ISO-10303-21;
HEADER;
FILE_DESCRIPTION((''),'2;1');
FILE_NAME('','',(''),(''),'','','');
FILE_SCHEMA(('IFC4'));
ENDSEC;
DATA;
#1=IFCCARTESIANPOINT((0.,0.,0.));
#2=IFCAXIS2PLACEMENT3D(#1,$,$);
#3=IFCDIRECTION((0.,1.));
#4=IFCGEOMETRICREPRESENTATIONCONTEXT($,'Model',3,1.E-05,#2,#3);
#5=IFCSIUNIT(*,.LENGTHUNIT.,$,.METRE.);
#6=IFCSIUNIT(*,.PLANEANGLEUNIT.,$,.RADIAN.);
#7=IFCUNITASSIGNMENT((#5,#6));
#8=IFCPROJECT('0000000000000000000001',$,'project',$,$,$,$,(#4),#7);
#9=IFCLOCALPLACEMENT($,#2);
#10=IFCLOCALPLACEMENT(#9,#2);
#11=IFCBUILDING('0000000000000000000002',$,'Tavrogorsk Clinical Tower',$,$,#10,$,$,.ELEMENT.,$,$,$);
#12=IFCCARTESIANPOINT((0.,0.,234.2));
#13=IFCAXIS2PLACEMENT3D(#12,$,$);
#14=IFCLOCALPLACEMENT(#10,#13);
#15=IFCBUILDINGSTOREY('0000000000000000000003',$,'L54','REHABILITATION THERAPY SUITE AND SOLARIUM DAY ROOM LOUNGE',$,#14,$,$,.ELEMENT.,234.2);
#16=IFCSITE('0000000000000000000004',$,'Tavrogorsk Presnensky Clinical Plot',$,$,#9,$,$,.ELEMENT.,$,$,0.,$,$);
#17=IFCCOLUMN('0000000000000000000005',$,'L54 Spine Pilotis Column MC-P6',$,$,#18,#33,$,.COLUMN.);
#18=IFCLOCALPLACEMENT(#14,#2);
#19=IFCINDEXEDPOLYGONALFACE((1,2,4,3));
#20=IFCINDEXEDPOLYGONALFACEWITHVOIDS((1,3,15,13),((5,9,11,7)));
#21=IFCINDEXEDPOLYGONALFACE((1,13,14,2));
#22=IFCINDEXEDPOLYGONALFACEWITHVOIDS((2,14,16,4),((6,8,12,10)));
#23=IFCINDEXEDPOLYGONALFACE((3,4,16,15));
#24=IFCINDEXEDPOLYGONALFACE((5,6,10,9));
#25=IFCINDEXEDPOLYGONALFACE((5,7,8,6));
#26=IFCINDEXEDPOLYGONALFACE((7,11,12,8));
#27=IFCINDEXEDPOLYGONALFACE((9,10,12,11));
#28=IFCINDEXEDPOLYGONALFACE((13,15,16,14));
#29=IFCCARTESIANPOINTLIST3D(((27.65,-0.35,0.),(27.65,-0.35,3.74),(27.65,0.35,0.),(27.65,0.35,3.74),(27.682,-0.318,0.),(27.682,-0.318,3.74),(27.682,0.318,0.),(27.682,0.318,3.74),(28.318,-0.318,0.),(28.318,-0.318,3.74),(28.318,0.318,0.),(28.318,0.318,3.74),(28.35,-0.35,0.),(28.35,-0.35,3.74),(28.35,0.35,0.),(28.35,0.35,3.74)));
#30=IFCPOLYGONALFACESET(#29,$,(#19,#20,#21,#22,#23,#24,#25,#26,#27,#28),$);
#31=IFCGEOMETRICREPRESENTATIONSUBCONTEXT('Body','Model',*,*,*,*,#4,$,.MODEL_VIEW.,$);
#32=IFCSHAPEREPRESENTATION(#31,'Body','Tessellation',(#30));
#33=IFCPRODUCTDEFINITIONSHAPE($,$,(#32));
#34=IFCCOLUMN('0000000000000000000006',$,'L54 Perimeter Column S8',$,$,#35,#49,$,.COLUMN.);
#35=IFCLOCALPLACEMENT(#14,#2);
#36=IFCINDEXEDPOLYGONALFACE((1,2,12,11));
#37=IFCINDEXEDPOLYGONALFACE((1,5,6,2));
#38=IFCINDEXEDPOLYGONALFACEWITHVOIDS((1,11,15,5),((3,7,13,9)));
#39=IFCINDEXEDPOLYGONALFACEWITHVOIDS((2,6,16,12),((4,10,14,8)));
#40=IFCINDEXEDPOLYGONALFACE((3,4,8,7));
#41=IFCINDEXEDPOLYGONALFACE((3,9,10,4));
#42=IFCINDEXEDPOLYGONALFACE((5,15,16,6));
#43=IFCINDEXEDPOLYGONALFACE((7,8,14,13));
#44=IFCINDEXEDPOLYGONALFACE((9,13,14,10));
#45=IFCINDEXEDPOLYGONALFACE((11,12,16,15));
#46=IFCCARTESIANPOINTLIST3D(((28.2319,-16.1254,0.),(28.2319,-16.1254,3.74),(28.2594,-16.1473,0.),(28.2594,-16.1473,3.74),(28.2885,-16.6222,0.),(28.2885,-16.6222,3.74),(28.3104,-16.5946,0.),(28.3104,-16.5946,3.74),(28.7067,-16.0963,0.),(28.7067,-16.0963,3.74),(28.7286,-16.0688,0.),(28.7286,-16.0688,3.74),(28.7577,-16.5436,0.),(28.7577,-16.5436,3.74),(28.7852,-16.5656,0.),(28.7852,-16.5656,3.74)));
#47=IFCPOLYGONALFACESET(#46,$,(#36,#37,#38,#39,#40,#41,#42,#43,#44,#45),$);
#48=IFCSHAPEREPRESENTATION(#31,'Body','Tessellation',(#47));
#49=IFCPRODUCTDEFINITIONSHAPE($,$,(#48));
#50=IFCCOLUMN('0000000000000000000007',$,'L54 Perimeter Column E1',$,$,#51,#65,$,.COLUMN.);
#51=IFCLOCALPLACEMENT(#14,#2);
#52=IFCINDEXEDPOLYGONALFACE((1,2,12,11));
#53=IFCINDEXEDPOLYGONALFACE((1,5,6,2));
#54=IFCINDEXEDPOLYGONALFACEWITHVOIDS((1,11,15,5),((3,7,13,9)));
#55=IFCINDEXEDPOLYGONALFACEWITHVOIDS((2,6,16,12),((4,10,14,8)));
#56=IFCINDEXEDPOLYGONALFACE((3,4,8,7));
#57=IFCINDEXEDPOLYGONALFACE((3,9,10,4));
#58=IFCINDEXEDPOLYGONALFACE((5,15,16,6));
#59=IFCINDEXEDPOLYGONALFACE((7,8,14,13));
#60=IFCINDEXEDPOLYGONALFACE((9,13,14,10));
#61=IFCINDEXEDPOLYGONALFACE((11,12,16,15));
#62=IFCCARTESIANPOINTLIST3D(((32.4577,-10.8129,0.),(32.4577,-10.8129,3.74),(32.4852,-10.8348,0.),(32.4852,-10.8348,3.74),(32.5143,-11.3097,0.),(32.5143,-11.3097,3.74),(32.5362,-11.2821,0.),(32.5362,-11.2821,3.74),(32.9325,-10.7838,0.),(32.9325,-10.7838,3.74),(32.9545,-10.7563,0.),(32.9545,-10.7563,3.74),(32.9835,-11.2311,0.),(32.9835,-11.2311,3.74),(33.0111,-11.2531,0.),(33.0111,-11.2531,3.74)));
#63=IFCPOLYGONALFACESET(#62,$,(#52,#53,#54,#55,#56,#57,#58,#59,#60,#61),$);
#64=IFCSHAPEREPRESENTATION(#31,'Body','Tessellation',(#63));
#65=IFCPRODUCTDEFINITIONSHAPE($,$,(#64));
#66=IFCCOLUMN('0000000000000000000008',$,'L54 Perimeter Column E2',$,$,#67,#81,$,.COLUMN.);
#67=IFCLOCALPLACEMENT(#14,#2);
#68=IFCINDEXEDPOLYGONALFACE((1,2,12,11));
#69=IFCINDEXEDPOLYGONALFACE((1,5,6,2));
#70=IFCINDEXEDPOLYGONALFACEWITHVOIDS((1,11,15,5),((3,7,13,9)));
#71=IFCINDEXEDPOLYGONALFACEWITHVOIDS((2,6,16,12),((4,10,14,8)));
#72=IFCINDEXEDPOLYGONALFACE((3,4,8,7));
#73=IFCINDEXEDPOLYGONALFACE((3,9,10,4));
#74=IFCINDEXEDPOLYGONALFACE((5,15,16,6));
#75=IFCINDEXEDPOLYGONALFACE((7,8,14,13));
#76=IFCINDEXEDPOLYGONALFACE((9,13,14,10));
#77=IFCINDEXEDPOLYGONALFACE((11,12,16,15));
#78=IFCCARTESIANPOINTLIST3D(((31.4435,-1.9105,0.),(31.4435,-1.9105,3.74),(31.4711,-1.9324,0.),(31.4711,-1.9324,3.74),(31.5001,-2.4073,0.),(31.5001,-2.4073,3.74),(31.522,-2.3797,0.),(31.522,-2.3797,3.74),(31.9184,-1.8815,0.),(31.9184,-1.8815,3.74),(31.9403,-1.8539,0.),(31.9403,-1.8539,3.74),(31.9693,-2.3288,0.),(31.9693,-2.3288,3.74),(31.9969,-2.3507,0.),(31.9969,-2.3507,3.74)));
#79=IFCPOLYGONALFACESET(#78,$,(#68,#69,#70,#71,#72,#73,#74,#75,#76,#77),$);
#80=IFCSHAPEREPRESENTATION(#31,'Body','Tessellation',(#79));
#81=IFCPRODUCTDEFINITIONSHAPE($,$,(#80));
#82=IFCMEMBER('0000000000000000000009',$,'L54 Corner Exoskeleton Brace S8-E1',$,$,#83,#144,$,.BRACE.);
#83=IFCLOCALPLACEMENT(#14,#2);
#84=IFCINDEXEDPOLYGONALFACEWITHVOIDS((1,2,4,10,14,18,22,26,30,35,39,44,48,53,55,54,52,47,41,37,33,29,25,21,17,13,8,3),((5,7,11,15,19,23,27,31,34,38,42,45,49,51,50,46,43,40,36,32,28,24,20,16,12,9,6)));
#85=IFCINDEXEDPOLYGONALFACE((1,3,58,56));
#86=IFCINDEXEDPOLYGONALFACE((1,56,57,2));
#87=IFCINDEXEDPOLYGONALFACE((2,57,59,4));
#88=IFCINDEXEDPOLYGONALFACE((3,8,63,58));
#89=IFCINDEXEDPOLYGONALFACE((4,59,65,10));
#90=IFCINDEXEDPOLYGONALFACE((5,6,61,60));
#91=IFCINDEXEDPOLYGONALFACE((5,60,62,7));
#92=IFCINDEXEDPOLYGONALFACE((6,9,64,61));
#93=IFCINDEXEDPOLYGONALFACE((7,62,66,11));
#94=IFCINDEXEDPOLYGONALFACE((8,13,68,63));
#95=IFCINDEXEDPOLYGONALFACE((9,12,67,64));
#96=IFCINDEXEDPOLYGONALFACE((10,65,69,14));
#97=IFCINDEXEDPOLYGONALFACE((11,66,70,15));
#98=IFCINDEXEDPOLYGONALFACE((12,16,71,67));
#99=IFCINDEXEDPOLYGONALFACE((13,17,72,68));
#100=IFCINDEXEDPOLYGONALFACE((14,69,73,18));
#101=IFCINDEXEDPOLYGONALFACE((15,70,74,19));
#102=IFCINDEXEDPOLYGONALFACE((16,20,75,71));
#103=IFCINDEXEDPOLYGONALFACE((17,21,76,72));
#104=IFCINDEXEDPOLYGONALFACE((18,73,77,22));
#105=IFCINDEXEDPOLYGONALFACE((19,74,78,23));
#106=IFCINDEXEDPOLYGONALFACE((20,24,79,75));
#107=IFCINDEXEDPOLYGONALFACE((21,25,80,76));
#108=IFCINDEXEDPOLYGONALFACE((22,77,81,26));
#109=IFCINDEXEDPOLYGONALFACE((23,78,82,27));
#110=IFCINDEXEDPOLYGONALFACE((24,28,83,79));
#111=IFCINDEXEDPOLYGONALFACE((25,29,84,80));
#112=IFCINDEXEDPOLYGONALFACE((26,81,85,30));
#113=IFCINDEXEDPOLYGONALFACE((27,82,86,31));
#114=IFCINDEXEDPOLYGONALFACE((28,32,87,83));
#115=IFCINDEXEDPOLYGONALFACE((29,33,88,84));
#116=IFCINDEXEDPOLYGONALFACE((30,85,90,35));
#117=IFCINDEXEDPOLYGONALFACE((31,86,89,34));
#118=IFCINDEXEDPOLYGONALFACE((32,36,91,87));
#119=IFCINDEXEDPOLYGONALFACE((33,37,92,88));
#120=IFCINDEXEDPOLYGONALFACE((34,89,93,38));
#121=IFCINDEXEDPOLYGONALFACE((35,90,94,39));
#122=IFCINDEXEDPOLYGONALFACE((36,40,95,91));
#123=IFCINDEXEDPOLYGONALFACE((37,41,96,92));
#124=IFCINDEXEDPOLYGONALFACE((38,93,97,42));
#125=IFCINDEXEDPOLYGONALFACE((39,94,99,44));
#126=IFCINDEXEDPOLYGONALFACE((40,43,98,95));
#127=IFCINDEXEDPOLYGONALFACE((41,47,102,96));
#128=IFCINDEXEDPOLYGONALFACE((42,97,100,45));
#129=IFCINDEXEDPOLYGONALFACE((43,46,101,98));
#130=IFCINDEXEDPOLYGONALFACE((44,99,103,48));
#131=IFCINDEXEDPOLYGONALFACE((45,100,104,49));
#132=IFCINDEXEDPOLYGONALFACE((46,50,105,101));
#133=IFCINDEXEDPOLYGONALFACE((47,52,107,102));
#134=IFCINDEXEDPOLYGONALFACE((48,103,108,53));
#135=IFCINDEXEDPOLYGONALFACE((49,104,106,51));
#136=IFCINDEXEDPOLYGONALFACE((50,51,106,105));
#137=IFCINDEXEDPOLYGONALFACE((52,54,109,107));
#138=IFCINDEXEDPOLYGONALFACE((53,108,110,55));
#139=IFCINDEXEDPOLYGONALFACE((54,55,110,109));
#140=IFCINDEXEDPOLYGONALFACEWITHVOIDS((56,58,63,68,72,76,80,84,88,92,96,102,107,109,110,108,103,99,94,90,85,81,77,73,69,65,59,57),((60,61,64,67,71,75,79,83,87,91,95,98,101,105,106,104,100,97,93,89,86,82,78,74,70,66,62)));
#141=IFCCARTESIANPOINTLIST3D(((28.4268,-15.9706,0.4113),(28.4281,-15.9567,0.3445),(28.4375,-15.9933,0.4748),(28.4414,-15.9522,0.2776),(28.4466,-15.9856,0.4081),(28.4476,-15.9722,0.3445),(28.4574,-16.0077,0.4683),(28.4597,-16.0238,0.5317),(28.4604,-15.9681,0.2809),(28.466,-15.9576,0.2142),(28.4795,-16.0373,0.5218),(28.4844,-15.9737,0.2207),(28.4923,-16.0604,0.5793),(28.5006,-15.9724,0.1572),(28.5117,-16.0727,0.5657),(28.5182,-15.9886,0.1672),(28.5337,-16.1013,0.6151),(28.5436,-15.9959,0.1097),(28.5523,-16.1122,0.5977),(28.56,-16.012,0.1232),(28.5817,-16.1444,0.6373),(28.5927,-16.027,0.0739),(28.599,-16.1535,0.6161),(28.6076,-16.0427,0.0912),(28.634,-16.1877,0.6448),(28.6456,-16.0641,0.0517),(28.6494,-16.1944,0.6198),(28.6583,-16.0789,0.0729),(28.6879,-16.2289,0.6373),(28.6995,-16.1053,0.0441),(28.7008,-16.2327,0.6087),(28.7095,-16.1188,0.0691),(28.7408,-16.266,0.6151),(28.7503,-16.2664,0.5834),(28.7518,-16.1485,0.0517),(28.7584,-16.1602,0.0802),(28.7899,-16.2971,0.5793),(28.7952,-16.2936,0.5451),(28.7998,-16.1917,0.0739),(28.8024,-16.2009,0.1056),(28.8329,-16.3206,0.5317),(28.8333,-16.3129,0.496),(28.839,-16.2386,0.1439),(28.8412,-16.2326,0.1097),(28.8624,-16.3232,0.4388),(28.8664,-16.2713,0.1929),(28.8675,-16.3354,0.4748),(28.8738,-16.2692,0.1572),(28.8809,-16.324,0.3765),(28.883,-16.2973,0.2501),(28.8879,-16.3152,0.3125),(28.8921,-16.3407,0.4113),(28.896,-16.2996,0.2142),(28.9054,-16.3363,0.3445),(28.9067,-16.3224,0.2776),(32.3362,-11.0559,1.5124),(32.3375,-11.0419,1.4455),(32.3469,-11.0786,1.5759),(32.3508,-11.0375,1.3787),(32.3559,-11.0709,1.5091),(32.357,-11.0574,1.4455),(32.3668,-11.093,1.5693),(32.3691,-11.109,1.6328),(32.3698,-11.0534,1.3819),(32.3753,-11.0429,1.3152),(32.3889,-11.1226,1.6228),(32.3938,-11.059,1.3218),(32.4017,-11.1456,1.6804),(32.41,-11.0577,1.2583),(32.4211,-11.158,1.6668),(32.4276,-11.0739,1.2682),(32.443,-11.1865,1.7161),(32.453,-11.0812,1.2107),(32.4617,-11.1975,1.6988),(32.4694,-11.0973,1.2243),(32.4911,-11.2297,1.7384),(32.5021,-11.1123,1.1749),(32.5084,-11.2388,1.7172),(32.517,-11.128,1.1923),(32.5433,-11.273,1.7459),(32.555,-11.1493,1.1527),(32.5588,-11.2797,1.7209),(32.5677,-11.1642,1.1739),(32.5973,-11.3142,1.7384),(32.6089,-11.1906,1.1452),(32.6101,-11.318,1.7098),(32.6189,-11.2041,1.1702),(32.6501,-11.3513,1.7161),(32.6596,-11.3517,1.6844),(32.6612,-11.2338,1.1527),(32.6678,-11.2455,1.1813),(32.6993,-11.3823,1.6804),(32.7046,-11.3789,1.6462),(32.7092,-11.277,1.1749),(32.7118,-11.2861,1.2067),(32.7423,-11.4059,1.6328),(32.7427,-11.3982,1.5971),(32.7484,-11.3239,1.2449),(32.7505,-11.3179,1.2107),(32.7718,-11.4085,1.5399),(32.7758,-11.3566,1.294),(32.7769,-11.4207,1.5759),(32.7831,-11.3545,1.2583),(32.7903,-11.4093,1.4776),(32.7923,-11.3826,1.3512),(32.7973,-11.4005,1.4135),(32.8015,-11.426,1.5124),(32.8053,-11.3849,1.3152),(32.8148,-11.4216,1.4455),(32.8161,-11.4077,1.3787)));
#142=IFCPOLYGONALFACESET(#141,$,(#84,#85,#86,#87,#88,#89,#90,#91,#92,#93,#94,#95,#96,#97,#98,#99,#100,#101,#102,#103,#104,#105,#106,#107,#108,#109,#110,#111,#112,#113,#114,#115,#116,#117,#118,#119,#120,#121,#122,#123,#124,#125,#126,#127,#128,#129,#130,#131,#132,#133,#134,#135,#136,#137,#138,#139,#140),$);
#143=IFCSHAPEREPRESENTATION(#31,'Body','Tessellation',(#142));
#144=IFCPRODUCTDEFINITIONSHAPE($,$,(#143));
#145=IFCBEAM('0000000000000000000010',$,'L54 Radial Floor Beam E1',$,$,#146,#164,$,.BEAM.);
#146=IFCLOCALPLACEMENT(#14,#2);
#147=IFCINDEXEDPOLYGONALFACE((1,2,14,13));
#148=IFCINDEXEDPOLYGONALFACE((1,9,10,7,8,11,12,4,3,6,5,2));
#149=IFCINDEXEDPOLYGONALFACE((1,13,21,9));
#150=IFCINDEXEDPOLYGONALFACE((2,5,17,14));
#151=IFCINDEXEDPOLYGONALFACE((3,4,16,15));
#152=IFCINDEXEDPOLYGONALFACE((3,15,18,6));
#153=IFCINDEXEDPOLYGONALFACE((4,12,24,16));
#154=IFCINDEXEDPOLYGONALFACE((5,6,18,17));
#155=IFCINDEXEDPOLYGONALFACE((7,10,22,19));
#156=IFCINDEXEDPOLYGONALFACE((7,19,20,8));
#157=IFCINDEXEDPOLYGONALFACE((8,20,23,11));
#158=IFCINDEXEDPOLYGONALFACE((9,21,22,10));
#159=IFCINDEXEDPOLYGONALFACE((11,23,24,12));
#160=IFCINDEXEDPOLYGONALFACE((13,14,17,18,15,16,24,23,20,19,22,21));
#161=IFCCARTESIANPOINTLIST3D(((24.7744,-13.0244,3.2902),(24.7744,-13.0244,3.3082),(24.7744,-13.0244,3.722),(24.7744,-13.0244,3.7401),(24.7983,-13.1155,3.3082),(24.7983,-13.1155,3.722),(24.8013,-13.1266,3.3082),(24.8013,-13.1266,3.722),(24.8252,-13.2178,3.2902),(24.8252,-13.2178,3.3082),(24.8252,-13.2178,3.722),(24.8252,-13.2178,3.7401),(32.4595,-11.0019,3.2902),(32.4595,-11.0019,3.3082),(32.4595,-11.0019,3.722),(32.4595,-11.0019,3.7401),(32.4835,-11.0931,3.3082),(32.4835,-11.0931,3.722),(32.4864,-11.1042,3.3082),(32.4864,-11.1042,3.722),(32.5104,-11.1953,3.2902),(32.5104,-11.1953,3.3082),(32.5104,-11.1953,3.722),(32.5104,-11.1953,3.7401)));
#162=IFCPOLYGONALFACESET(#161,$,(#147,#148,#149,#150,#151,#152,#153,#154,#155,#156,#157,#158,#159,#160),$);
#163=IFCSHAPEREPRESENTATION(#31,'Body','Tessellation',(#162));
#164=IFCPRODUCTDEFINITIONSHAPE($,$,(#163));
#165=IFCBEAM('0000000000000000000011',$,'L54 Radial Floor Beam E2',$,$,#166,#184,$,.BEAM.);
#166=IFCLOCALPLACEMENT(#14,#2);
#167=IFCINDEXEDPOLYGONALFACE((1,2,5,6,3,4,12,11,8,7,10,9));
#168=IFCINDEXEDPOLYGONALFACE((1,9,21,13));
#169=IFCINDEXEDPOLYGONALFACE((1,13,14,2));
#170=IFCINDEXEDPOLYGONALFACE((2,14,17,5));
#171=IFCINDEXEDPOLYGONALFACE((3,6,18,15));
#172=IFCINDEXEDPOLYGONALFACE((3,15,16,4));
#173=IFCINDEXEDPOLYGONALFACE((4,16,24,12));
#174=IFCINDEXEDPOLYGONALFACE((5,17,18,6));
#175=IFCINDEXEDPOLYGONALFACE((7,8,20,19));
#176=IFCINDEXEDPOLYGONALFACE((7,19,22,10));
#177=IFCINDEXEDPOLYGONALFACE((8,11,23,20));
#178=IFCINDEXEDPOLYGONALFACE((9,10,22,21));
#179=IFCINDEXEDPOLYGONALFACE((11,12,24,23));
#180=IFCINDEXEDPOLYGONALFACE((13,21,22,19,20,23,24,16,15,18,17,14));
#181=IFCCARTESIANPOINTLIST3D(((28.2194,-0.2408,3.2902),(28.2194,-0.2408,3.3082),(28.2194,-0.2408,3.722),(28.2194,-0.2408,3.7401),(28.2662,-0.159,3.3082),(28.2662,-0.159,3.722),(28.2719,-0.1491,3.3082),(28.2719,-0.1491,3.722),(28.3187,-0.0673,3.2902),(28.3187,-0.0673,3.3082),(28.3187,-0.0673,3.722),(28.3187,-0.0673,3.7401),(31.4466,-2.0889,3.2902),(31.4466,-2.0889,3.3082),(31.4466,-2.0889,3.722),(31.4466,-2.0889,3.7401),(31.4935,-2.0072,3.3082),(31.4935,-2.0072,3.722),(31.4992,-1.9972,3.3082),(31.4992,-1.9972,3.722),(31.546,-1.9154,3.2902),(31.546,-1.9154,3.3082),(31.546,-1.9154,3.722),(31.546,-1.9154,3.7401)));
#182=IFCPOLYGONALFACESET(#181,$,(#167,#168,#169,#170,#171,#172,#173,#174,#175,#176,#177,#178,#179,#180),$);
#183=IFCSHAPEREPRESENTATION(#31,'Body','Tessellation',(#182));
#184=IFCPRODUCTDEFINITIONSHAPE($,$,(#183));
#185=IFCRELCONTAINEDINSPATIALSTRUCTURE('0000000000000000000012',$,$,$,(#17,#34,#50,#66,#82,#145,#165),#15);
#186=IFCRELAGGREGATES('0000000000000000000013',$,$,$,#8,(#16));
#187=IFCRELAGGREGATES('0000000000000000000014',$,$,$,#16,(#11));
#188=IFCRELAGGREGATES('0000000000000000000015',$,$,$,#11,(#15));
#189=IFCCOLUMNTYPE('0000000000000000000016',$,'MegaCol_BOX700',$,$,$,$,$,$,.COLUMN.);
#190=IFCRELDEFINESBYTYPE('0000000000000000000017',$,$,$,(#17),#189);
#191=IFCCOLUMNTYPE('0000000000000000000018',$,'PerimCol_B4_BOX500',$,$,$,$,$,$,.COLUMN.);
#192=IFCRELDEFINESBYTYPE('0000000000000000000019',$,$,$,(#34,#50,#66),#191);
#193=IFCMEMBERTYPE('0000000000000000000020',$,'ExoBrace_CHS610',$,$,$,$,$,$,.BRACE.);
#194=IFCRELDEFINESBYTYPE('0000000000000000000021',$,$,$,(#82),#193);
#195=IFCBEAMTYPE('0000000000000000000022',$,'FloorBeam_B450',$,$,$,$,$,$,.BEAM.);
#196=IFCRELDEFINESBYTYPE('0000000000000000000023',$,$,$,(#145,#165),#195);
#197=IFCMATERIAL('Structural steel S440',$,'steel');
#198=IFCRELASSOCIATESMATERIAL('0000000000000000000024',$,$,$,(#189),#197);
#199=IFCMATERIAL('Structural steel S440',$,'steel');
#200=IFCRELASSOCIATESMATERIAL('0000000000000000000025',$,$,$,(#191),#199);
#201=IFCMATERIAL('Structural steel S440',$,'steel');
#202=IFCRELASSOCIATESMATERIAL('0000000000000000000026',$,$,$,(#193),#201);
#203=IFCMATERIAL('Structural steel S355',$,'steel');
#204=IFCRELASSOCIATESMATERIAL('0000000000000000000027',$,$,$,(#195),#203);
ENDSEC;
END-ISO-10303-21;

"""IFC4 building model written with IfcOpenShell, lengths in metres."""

from ifc_helpers import new_model, si_unit, direction, frame, origin, origin_2d, place, context, subcontext, project, spatial, hollow_rectangle, hollow_circle, i_section, extrude, material, material_profile, profile_set, type_object, element, save


model = new_model("IFC4")

# Units and contexts
model_context = context("Model", 3, precision=1e-05, world=origin(), true_north=direction((0.0, 1.0)))
body_context = subcontext(model_context, "Body", "Model", "MODEL_VIEW")
ifc_project = project(units=[si_unit("LENGTHUNIT", "METRE"), si_unit("PLANEANGLEUNIT", "RADIAN")], contexts=[model_context])

# Site, building, storey
site_placement = place(None, origin())
site = spatial("IfcSite", under=ifc_project, at=site_placement, Name="Tavrogorsk Presnensky Clinical Plot", CompositionType="ELEMENT", RefElevation=0.0)
building_placement = place(site_placement, origin())
building = spatial("IfcBuilding", under=site, at=building_placement, Name="Tavrogorsk Clinical Tower", CompositionType="ELEMENT")
storey_placement = place(building_placement, frame((0.0, 0.0, 234.2)))
storey = spatial("IfcBuildingStorey", under=building, at=storey_placement, Name="L54", Description="REHABILITATION THERAPY SUITE AND SOLARIUM DAY ROOM LOUNGE", CompositionType="ELEMENT", Elevation=234.2)

# Columns
ifc_material_1 = material(Name="Structural steel S440", Category="steel")
ifc_material_profile_1 = material_profile(ifc_material_1, hollow_rectangle(XDim=0.7, YDim=0.7, WallThickness=0.032, at=origin_2d()), Name="BOX-700x700x32")
ifc_profile_set_1 = profile_set([ifc_material_profile_1], Name="Structural steel S440")
column_type_1 = type_object("IfcColumnType", Name="MegaCol_BOX700", PredefinedType="COLUMN", material=ifc_profile_set_1)
column_placement = place(storey_placement, frame((28.0, 0.0, 0.0), z_axis=(0.0, 0.0, 1.0), x_axis=(1.0, 0.0, 0.0)))
element("IfcColumn", 1, at=column_placement, inside=storey, type_object=column_type_1, Name="L54 Spine Pilotis Column MC-P6", PredefinedType="COLUMN", context=body_context, shape_type="SweptSolid", body=[
    extrude(hollow_rectangle(XDim=0.7, YDim=0.7, WallThickness=0.032, at=origin_2d()), origin(), (0.0, 0.0, 1.0), 3.74),
])
ifc_material_2 = material(Name="Structural steel S440", Category="steel")
ifc_material_profile_2 = material_profile(ifc_material_2, hollow_rectangle(XDim=0.5, YDim=0.5, WallThickness=0.0249, at=origin_2d()), Name="BOX-500x500x25")
ifc_profile_set_2 = profile_set([ifc_material_profile_2], Name="Structural steel S440")
column_type_2 = type_object("IfcColumnType", Name="PerimCol_B4_BOX500", PredefinedType="COLUMN", material=ifc_profile_set_2)
for number, where, z_axis, x_axis, name in (
    (2, (28.5085, -16.3455, 0.0), (0.0, 0.0, 1.0), (0.993572, 0.113203, 0.0), "L54 Perimeter Column S8"),
    (3, (32.7344, -11.033, 0.0), (0.0, 0.0, 1.0), (0.993572, 0.113203, 0.0), "L54 Perimeter Column E1"),
    (4, (31.7202, -2.1306, 0.0), (0.0, 0.0, 1.0), (0.993572, 0.113203, 0.0), "L54 Perimeter Column E2"),
):
    element("IfcColumn", number, at=place(storey_placement, frame(where, z_axis=z_axis, x_axis=x_axis)), inside=storey, type_object=column_type_2, Name=name, PredefinedType="COLUMN", context=body_context, shape_type="SweptSolid", body=[
        extrude(hollow_rectangle(XDim=0.5, YDim=0.5, WallThickness=0.0249, at=origin_2d()), origin(), (0.0, 0.0, 1.0), 3.74),
    ])

# Member
ifc_material_3 = material(Name="Structural steel S440", Category="steel")
ifc_material_profile_3 = material_profile(ifc_material_3, hollow_circle(Radius=0.3049, WallThickness=0.0249, at=origin_2d()), Name="CHS-610x25")
ifc_profile_set_3 = profile_set([ifc_material_profile_3], Name="Structural steel S440")
member_type_1 = type_object("IfcMemberType", Name="ExoBrace_CHS610", PredefinedType="BRACE", material=ifc_profile_set_3)
member_1_placement = place(storey_placement, frame((28.6667, -16.1465, 0.3445), z_axis=(0.613163, 0.770848, 0.172695), x_axis=(-0.782607, 0.622517, 0.0)))
element("IfcMember", 5, at=member_1_placement, inside=storey, type_object=member_type_1, Name="L54 Corner Exoskeleton Brace S8-E1", PredefinedType="BRACE", context=body_context, shape_type="SweptSolid", body=[
    extrude(hollow_circle(Radius=0.3049, WallThickness=0.0249, at=origin_2d()), origin(), (0.0, 0.0, 1.0), 6.3757),
])

# Beams
ifc_material_4 = material(Name="Structural steel S355", Category="steel")
ifc_material_profile_4 = material_profile(ifc_material_4, i_section(OverallWidth=0.2, OverallDepth=0.45, WebThickness=0.0115, FlangeThickness=0.0181, at=origin_2d()), Name="B-450x200x11.5x18")
ifc_profile_set_4 = profile_set([ifc_material_profile_4], Name="Structural steel S355")
beam_type_1 = type_object("IfcBeamType", Name="FloorBeam_B450", PredefinedType="BEAM", material=ifc_profile_set_4)
beam_1_placement = place(storey_placement, frame((24.7998, -13.1211, 3.5151), z_axis=(0.967072, 0.254502, 0.0), x_axis=(-0.254502, 0.967072, 0.0)))
element("IfcBeam", 6, at=beam_1_placement, inside=storey, type_object=beam_type_1, Name="L54 Radial Floor Beam E1", PredefinedType="BEAM", context=body_context, shape_type="SweptSolid", body=[
    extrude(i_section(OverallWidth=0.2, OverallDepth=0.45, WebThickness=0.0115, FlangeThickness=0.0181, at=origin_2d()), origin(), (0.0, 0.0, 1.0), 7.9468),
])
beam_2_placement = place(storey_placement, frame((28.269, -0.1541, 3.5151), z_axis=(0.867782, -0.496945, 0.0), x_axis=(0.496945, 0.867782, 0.0)))
element("IfcBeam", 7, at=beam_2_placement, inside=storey, type_object=beam_type_1, Name="L54 Radial Floor Beam E2", PredefinedType="BEAM", context=body_context, shape_type="SweptSolid", body=[
    extrude(i_section(OverallWidth=0.2, OverallDepth=0.45, WebThickness=0.0115, FlangeThickness=0.0181, at=origin_2d()), origin(), (0.0, 0.0, 1.0), 3.719),
])

save(model, "model.ifc")
